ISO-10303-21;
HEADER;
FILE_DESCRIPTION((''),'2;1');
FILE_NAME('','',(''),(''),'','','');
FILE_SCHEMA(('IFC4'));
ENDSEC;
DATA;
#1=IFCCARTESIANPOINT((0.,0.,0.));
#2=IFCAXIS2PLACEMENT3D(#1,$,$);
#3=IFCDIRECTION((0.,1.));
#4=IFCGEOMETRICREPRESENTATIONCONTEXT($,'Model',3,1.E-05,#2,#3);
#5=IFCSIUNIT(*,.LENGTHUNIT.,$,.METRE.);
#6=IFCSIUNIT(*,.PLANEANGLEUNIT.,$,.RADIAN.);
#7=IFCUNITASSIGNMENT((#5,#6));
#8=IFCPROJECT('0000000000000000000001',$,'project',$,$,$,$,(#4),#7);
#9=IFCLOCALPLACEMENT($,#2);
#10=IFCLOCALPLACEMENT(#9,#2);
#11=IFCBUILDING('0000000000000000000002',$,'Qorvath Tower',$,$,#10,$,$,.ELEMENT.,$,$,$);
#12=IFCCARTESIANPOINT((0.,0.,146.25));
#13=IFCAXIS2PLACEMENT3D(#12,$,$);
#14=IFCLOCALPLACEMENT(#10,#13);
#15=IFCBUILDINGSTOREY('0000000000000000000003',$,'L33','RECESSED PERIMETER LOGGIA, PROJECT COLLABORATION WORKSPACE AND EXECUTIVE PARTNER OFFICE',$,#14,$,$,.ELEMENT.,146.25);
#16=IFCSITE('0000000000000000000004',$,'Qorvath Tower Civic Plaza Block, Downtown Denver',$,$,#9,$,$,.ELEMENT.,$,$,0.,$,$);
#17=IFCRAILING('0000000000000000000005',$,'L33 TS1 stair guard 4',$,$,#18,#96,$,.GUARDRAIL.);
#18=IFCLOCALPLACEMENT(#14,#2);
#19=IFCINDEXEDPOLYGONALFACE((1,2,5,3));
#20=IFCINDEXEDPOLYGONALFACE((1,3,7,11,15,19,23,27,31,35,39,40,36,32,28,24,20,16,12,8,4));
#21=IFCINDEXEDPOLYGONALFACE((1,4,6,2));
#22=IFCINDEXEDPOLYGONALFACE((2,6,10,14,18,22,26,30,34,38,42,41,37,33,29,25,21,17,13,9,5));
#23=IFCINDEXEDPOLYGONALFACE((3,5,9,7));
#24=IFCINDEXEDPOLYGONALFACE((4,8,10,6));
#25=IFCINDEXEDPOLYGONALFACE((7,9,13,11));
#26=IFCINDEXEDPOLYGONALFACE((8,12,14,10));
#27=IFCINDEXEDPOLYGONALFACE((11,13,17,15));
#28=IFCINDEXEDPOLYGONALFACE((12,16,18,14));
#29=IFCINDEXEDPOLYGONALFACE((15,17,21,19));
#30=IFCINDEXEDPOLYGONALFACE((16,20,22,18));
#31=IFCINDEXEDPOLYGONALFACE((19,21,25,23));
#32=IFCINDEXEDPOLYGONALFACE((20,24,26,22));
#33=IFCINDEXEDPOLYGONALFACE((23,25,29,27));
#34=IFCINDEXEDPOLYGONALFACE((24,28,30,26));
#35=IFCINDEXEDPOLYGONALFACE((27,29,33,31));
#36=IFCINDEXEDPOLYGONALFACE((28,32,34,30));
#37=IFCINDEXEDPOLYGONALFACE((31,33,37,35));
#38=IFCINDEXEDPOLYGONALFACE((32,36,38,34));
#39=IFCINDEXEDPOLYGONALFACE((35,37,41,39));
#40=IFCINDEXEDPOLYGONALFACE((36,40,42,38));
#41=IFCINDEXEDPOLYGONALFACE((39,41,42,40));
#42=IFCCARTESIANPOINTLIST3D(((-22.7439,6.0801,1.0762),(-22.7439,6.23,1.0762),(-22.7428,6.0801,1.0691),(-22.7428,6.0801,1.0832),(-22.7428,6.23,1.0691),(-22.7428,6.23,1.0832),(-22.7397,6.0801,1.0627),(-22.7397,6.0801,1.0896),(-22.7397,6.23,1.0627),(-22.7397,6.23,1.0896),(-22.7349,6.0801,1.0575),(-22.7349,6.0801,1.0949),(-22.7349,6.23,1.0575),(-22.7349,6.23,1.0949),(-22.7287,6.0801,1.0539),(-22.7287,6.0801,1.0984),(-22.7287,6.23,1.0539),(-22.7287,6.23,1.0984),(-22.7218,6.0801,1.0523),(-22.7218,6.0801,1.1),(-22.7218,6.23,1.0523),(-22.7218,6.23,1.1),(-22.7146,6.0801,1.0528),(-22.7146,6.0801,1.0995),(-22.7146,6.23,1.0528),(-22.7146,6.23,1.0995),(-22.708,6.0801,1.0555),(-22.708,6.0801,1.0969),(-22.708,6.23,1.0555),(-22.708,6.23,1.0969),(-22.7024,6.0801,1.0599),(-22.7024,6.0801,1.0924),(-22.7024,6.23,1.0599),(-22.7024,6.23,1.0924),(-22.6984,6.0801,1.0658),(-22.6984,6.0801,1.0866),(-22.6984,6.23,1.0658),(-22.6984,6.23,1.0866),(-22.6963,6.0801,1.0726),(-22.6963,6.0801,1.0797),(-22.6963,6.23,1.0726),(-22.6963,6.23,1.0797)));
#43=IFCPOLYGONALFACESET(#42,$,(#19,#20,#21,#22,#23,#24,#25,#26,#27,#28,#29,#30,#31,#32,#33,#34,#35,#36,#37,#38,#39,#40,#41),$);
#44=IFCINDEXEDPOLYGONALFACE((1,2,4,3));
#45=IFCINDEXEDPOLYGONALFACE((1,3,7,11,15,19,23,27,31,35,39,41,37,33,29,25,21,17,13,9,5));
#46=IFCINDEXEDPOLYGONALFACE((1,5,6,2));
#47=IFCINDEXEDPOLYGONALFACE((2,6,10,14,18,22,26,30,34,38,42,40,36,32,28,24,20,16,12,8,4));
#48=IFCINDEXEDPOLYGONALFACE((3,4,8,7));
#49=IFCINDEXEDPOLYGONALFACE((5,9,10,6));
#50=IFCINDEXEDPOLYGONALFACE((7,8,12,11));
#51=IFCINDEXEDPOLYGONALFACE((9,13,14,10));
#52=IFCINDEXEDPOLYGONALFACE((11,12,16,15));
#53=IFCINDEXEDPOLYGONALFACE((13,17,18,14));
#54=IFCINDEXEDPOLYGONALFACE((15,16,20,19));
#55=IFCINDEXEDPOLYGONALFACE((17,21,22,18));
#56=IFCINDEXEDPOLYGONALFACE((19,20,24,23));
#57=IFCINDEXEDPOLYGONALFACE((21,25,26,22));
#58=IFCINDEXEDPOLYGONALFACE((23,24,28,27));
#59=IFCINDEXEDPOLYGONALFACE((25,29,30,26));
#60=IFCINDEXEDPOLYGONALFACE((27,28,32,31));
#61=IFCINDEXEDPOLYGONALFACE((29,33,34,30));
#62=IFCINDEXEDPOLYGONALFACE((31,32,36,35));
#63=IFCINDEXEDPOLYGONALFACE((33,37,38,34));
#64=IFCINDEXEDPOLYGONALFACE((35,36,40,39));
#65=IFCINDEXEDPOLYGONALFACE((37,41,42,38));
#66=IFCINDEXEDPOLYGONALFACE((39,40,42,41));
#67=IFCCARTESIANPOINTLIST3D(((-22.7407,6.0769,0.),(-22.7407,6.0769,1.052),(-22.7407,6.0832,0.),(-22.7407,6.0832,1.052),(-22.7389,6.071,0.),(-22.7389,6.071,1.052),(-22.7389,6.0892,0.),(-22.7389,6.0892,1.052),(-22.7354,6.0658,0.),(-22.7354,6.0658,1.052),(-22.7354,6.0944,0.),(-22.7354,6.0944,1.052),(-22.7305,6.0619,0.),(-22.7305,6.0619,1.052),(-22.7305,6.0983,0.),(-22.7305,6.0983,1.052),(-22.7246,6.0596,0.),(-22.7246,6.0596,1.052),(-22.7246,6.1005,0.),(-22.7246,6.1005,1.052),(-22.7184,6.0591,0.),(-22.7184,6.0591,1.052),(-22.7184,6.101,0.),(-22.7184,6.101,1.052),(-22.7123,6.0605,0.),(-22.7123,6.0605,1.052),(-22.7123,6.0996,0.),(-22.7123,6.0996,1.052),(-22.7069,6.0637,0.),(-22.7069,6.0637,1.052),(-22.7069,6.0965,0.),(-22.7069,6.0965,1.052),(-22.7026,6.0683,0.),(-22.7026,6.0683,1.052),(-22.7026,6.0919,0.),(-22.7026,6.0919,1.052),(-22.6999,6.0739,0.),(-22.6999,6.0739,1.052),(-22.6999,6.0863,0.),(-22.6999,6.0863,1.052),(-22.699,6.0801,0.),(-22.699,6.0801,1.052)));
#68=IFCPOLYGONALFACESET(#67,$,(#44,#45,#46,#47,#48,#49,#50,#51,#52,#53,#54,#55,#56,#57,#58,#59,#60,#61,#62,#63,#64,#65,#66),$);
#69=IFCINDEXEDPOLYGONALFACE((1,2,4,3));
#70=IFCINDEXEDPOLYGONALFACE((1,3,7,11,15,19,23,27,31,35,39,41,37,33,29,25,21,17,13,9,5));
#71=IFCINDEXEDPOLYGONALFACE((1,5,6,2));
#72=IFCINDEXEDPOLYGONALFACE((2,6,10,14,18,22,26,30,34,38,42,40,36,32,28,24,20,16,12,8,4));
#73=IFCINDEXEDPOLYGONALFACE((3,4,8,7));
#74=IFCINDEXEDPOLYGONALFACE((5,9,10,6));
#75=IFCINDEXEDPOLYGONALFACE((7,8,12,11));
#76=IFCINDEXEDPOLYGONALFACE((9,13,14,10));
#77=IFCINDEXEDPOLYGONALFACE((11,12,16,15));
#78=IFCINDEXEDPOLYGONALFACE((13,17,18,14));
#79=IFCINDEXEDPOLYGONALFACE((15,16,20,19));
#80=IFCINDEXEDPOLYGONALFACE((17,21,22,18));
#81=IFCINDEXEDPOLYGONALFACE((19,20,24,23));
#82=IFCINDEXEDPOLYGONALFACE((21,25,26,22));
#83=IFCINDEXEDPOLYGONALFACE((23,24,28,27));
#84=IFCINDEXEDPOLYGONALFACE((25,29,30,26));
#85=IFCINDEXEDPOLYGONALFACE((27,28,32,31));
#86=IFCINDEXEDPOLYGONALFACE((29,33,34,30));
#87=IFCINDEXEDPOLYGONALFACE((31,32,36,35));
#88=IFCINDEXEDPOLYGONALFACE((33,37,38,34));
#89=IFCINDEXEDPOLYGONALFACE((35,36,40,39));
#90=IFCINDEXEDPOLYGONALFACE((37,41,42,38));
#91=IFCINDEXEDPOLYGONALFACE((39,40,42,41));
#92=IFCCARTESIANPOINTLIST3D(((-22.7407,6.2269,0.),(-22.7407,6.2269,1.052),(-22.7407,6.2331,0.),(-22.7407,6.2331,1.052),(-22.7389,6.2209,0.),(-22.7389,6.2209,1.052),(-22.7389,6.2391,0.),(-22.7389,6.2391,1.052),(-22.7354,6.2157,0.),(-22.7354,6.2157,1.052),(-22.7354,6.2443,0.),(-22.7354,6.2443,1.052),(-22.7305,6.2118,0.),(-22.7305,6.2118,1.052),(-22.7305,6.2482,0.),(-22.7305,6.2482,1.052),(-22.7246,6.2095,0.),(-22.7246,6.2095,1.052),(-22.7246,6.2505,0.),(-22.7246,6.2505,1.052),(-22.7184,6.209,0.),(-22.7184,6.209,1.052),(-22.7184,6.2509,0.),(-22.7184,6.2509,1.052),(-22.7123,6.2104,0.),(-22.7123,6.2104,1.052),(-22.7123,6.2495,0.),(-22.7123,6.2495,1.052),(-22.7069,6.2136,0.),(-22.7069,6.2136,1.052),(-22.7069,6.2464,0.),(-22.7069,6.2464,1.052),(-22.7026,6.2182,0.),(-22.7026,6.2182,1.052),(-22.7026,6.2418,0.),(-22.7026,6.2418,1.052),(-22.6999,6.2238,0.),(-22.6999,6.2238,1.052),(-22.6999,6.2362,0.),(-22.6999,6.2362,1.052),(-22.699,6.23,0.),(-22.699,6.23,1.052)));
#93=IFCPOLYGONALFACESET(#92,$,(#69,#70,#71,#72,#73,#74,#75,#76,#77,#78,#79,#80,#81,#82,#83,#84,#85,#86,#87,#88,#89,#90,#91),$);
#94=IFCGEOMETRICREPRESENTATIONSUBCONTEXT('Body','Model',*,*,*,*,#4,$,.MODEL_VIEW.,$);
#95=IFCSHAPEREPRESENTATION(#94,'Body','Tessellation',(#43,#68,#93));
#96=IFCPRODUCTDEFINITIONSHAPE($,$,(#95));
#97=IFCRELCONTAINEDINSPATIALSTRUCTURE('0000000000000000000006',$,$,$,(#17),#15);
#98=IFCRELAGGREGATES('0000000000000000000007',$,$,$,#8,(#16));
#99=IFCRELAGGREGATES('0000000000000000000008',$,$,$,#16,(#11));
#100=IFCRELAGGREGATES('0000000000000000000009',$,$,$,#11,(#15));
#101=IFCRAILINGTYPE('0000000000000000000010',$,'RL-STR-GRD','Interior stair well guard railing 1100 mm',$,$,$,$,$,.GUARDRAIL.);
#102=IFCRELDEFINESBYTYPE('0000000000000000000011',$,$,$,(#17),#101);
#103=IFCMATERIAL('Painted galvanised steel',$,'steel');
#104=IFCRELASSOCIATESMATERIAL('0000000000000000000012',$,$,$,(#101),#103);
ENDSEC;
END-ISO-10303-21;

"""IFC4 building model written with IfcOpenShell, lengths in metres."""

from ifc_helpers import new_model, si_unit, direction, frame, origin, origin_2d, place, context, subcontext, project, spatial, circle, extrude, material, type_object, element, save


model = new_model("IFC4")

# Units and contexts
model_context = context("Model", 3, precision=1e-05, world=origin(), true_north=direction((0.0, 1.0)))
body_context = subcontext(model_context, "Body", "Model", "MODEL_VIEW")
ifc_project = project(units=[si_unit("LENGTHUNIT", "METRE"), si_unit("PLANEANGLEUNIT", "RADIAN")], contexts=[model_context])

# Site, building, storey
site_placement = place(None, origin())
site = spatial("IfcSite", under=ifc_project, at=site_placement, Name="Qorvath Tower Civic Plaza Block, Downtown Denver", CompositionType="ELEMENT", RefElevation=0.0)
building_placement = place(site_placement, origin())
building = spatial("IfcBuilding", under=site, at=building_placement, Name="Qorvath Tower", CompositionType="ELEMENT")
storey_placement = place(building_placement, frame((0.0, 0.0, 146.25)))
storey = spatial("IfcBuildingStorey", under=building, at=storey_placement, Name="L33", Description="RECESSED PERIMETER LOGGIA, PROJECT COLLABORATION WORKSPACE AND EXECUTIVE PARTNER OFFICE", CompositionType="ELEMENT", Elevation=146.25)

# Railing
ifc_material_1 = material(Name="Painted galvanised steel", Category="steel")
railing_type_1 = type_object("IfcRailingType", Name="RL-STR-GRD", Description="Interior stair well guard railing 1100 mm", PredefinedType="GUARDRAIL", material=ifc_material_1)
railing_1_placement = place(storey_placement, frame((-22.72, 6.0801, 0.0)))
element("IfcRailing", 1, at=railing_1_placement, inside=storey, type_object=railing_type_1, Name="L33 TS1 stair guard 4", PredefinedType="GUARDRAIL", context=body_context, shape_type="SweptSolid", body=[
    extrude(circle(Radius=0.0239, at=origin_2d()), frame((0.0, 0.0, 1.0762), z_axis=(0.0, 1.0, 0.0), x_axis=(-1.0, 0.0, 0.0)), (0.0, 0.0, 1.0), 0.1499),
    extrude(circle(Radius=0.021, at=origin_2d()), origin(), (0.0, 0.0, 1.0), 1.052),
    extrude(circle(Radius=0.021, at=origin_2d()), frame((0.0, 0.1499, 0.0)), (0.0, 0.0, 1.0), 1.052),
])

save(model, "model.ifc")
